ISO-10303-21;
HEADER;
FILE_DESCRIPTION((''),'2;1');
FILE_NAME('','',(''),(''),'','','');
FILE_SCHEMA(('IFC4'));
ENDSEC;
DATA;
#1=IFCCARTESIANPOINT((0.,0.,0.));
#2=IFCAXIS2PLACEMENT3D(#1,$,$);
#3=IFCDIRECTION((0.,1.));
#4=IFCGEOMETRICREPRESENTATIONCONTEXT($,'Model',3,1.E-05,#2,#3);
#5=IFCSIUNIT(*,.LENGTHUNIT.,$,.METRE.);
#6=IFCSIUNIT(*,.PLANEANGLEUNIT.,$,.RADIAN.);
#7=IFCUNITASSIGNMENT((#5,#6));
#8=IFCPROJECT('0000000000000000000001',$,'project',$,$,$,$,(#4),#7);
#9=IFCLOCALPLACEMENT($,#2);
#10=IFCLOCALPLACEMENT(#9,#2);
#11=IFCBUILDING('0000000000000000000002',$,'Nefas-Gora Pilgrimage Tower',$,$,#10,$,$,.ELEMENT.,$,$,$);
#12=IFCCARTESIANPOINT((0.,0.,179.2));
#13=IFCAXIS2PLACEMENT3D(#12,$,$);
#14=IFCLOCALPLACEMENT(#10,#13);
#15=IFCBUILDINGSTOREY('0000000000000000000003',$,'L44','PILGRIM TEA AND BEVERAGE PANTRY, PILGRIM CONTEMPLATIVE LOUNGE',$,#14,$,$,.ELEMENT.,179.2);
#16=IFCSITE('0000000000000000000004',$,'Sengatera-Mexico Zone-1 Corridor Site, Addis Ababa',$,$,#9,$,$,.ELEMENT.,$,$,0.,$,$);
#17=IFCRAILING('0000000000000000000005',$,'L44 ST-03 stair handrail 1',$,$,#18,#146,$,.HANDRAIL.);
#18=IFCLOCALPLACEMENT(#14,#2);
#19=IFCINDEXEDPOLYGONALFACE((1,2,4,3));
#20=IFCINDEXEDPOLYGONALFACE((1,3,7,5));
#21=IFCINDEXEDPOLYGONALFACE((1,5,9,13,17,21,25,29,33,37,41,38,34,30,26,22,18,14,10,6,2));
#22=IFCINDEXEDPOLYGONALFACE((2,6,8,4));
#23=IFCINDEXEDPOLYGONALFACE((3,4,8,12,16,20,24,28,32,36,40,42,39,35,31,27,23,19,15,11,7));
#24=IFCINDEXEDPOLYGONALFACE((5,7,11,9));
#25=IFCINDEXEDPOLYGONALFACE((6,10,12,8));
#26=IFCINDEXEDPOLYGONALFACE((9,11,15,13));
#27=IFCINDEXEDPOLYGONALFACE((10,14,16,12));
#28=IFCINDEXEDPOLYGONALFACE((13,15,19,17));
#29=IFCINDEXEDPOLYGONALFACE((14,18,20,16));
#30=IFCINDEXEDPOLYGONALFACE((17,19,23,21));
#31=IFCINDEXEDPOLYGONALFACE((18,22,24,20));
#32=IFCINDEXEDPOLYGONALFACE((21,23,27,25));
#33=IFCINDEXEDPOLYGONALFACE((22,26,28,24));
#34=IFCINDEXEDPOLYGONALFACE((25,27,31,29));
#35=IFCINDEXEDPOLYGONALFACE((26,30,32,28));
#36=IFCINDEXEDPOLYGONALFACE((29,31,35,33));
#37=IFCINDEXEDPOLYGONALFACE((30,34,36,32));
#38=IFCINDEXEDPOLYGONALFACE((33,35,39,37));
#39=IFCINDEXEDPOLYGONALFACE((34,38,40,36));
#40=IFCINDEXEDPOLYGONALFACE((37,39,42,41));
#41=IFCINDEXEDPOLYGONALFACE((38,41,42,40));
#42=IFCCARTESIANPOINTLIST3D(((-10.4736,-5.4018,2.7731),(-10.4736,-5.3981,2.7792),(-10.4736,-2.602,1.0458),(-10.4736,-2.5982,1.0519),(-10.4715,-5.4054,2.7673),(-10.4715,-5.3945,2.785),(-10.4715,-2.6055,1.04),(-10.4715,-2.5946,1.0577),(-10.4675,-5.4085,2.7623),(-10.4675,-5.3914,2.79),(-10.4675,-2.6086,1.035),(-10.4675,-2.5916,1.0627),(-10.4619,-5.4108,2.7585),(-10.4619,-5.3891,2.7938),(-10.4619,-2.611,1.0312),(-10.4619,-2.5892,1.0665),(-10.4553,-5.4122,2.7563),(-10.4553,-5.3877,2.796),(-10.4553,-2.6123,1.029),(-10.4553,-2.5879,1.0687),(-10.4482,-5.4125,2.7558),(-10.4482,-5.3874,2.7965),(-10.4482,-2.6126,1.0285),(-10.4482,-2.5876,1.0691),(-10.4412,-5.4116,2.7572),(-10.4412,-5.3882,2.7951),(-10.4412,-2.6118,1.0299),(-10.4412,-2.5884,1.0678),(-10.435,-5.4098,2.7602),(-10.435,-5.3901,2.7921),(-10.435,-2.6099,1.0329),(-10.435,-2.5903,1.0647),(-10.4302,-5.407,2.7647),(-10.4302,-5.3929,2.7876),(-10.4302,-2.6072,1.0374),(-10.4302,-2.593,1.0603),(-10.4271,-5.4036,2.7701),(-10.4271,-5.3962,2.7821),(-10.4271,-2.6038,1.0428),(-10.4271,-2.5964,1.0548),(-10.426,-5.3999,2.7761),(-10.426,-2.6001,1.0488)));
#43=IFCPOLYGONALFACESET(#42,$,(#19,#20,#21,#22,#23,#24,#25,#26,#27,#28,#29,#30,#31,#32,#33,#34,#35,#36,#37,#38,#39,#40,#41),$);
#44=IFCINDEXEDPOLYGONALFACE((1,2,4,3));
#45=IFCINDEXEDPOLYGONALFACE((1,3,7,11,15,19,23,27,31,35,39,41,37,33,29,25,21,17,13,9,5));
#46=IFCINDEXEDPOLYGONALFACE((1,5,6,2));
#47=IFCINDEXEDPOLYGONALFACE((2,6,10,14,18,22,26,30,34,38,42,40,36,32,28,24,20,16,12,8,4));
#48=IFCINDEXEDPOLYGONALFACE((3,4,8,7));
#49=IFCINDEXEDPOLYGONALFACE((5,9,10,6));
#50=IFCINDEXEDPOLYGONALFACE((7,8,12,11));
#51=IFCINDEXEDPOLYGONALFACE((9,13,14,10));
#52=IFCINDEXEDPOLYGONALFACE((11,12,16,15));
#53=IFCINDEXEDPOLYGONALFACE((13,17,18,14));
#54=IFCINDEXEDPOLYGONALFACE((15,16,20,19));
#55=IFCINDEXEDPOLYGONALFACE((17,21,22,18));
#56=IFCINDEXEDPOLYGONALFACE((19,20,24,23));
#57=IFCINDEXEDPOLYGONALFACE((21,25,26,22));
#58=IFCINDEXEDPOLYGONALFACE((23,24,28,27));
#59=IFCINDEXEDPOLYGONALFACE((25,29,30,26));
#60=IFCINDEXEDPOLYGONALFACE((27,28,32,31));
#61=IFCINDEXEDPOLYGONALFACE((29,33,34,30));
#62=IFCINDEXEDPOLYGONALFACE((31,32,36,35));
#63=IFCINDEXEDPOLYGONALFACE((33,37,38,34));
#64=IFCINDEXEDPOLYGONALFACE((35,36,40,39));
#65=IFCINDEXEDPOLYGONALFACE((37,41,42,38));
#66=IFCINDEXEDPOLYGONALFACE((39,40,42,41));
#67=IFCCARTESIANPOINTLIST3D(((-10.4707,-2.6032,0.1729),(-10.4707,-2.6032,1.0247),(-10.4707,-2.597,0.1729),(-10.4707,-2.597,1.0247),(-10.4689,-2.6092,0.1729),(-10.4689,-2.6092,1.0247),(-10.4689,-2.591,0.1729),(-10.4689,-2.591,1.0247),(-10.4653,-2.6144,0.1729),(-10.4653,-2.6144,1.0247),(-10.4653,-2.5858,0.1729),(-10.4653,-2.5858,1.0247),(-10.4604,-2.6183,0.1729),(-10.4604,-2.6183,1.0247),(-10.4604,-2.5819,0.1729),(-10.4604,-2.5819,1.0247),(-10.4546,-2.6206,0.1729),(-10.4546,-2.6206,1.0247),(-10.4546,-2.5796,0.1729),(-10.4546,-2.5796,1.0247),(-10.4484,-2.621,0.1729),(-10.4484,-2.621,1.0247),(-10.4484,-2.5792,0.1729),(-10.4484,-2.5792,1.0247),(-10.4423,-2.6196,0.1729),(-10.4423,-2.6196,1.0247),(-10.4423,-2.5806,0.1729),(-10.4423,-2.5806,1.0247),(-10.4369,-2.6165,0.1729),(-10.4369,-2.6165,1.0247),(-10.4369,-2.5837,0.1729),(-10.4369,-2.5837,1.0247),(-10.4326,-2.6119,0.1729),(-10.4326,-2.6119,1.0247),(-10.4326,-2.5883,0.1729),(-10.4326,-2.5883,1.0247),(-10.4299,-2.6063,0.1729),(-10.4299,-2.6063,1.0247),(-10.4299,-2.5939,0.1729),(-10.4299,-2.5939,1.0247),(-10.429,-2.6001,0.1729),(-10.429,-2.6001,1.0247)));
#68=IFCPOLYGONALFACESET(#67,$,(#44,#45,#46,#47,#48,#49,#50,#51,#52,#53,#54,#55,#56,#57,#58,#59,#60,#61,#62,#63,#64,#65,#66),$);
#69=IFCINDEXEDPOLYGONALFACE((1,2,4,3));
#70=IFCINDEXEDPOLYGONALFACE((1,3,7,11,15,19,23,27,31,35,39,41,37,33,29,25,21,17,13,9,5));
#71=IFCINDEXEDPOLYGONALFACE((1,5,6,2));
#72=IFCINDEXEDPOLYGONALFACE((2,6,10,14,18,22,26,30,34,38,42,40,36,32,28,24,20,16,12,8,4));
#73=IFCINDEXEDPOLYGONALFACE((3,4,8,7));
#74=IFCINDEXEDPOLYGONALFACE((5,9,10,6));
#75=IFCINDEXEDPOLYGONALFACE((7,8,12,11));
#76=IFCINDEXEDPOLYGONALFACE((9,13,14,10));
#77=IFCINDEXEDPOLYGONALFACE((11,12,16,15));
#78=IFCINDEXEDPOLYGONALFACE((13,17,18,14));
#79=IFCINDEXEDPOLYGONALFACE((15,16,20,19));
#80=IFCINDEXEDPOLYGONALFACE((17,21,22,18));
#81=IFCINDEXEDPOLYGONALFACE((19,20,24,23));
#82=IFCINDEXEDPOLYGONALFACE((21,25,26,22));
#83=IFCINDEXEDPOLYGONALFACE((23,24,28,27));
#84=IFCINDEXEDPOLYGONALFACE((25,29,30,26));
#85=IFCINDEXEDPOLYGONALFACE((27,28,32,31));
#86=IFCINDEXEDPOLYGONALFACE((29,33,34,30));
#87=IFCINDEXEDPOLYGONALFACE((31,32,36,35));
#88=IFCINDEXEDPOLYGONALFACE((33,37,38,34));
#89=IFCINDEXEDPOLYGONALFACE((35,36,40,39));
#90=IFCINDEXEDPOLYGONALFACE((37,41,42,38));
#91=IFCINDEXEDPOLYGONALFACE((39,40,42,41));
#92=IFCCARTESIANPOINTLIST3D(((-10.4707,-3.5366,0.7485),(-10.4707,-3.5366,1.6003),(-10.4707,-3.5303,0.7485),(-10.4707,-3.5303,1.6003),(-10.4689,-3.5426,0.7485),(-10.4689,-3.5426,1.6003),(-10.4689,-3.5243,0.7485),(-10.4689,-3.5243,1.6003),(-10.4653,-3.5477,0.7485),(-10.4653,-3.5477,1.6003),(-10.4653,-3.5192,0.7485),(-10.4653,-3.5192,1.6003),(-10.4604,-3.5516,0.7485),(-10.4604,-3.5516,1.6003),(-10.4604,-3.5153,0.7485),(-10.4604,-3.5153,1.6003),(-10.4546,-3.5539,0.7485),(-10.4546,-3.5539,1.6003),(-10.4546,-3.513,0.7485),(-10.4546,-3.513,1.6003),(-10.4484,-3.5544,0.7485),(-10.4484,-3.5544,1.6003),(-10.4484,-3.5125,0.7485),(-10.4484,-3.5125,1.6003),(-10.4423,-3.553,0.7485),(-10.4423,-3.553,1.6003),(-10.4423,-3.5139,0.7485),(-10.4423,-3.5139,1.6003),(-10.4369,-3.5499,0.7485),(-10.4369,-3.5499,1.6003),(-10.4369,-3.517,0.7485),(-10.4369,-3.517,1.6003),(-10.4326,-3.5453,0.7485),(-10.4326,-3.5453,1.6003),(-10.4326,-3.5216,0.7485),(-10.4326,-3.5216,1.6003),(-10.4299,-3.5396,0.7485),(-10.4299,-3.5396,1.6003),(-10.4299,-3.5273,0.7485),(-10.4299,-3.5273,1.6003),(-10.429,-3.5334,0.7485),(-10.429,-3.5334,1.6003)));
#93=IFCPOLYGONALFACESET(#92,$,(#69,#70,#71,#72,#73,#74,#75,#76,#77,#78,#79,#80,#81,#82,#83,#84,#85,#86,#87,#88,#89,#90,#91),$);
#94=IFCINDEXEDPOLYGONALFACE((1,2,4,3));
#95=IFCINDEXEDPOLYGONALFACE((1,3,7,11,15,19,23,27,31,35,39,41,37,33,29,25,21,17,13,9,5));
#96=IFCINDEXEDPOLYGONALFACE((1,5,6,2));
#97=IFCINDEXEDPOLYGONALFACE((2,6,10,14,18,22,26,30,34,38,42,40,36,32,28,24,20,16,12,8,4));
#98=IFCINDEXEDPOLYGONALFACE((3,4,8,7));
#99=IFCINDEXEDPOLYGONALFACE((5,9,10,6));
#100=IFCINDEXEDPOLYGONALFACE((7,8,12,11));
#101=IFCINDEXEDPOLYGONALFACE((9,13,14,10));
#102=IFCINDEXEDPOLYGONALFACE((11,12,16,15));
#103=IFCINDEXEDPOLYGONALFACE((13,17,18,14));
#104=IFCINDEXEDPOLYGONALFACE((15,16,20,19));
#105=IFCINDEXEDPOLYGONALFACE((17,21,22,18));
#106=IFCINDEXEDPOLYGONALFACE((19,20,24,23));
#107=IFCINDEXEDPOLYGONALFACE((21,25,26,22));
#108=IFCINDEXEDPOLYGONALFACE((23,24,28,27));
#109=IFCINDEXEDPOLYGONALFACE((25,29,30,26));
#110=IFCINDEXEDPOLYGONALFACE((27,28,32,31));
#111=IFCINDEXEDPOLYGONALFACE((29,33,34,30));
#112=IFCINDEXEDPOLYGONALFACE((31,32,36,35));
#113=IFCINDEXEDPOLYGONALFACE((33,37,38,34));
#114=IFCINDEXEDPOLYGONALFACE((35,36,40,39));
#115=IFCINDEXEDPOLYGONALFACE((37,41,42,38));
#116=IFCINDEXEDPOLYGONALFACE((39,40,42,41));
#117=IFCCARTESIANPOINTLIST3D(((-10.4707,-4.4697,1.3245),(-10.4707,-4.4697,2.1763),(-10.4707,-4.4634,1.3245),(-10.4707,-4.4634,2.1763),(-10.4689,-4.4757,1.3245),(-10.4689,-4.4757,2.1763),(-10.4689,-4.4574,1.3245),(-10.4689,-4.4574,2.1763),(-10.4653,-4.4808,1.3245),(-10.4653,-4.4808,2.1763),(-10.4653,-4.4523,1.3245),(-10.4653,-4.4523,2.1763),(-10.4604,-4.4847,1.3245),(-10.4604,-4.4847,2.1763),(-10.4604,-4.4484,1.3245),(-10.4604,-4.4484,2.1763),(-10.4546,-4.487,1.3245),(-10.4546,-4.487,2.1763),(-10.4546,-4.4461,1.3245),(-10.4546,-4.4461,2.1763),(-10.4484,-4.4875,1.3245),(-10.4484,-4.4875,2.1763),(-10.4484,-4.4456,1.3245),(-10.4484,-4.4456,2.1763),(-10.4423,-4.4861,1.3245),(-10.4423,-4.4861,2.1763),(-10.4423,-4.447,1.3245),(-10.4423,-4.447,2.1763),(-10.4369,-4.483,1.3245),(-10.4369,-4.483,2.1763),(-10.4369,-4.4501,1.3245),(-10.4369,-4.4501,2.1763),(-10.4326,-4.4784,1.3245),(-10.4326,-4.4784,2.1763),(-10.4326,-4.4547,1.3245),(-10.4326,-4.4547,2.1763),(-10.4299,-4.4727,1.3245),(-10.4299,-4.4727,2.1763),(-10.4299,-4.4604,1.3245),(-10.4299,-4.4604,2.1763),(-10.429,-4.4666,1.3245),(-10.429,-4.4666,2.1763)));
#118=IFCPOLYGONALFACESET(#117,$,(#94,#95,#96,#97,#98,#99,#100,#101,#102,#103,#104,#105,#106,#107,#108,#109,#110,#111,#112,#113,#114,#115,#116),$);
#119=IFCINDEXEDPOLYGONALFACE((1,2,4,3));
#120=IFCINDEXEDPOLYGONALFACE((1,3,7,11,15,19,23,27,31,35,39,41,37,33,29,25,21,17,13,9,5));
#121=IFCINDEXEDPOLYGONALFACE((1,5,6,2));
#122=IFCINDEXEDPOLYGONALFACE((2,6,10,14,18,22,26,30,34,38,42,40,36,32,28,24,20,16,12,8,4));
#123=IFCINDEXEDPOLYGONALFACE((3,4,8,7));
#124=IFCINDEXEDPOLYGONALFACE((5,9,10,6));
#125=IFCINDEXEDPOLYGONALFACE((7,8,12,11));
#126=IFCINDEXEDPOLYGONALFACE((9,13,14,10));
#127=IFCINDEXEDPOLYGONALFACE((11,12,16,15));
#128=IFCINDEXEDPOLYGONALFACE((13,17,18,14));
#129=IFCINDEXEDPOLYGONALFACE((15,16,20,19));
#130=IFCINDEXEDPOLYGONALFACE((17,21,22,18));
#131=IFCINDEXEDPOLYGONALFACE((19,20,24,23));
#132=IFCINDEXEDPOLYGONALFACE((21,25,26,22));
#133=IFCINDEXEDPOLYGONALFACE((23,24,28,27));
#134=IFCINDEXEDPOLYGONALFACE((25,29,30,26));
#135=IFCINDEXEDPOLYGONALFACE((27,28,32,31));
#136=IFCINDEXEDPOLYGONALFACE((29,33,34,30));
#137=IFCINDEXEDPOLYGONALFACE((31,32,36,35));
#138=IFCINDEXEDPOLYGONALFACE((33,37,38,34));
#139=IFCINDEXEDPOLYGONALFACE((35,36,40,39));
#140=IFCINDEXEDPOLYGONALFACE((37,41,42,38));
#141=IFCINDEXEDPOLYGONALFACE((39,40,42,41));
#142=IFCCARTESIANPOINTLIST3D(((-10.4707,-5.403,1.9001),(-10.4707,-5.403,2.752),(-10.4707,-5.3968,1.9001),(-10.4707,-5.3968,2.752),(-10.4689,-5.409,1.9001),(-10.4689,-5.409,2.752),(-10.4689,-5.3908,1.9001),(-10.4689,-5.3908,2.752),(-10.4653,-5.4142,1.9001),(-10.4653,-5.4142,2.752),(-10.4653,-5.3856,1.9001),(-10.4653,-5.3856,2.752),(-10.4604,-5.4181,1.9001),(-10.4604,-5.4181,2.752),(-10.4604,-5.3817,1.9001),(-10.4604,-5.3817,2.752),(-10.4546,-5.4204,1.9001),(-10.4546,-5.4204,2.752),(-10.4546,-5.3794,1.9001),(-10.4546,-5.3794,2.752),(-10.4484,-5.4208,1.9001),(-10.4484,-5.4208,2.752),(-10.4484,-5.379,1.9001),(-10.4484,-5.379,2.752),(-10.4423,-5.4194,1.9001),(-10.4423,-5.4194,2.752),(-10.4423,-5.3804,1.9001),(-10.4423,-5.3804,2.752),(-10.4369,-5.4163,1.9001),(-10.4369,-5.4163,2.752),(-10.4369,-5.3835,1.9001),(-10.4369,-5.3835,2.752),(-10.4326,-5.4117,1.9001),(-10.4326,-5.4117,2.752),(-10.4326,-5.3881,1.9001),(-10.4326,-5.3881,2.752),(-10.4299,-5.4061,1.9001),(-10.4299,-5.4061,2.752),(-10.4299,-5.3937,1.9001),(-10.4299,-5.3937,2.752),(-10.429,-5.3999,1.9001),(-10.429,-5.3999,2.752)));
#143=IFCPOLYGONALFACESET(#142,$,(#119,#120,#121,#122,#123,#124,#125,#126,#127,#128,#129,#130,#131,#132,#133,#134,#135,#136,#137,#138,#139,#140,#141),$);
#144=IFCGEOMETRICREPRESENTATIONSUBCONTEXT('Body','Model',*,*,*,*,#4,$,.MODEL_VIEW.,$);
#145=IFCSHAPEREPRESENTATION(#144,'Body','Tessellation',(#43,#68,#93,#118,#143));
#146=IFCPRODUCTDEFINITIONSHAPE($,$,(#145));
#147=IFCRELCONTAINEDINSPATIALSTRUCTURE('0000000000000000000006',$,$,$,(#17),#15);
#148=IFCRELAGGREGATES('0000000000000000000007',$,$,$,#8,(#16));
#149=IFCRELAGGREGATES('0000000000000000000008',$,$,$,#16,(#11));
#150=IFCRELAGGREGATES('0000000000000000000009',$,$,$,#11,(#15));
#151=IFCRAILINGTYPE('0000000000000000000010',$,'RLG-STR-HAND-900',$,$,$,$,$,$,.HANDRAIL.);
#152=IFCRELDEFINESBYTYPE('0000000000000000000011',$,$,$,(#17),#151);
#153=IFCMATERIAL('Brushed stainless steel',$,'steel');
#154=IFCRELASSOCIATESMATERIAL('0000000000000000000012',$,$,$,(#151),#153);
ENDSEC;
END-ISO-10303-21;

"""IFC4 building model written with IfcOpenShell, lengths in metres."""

from ifc_helpers import new_model, si_unit, direction, frame, origin, origin_2d, place, context, subcontext, project, spatial, circle, extrude, material, type_object, element, save


model = new_model("IFC4")

# Units and contexts
model_context = context("Model", 3, precision=1e-05, world=origin(), true_north=direction((0.0, 1.0)))
body_context = subcontext(model_context, "Body", "Model", "MODEL_VIEW")
ifc_project = project(units=[si_unit("LENGTHUNIT", "METRE"), si_unit("PLANEANGLEUNIT", "RADIAN")], contexts=[model_context])

# Site, building, storey
site_placement = place(None, origin())
site = spatial("IfcSite", under=ifc_project, at=site_placement, Name="Sengatera-Mexico Zone-1 Corridor Site, Addis Ababa", CompositionType="ELEMENT", RefElevation=0.0)
building_placement = place(site_placement, origin())
building = spatial("IfcBuilding", under=site, at=building_placement, Name="Nefas-Gora Pilgrimage Tower", CompositionType="ELEMENT")
storey_placement = place(building_placement, frame((0.0, 0.0, 179.2)))
storey = spatial("IfcBuildingStorey", under=building, at=storey_placement, Name="L44", Description="PILGRIM TEA AND BEVERAGE PANTRY, PILGRIM CONTEMPLATIVE LOUNGE", CompositionType="ELEMENT", Elevation=179.2)

# Railing
ifc_material_1 = material(Name="Brushed stainless steel", Category="steel")
railing_type_1 = type_object("IfcRailingType", Name="RLG-STR-HAND-900", PredefinedType="HANDRAIL", material=ifc_material_1)
railing_1_placement = place(storey_placement, frame((-10.45, -2.6001, 0.1729)))
element("IfcRailing", 1, at=railing_1_placement, inside=storey, type_object=railing_type_1, Name="L44 ST-03 stair handrail 1", PredefinedType="HANDRAIL", context=body_context, shape_type="SweptSolid", body=[
    extrude(circle(Radius=0.0239, at=origin_2d()), frame((0.0, 0.0, 0.876), z_axis=(0.0, -0.851069, 0.525054), x_axis=(1.0, 0.0, 0.0)), (0.0, 0.0, 1.0), 3.2898),
    extrude(circle(Radius=0.021, at=origin_2d()), origin(), (0.0, 0.0, 1.0), 0.8518),
    extrude(circle(Radius=0.021, at=origin_2d()), frame((0.0, -0.9333, 0.5757)), (0.0, 0.0, 1.0), 0.8518),
    extrude(circle(Radius=0.021, at=origin_2d()), frame((0.0, -1.8665, 1.1516)), (0.0, 0.0, 1.0), 0.8518),
    extrude(circle(Radius=0.021, at=origin_2d()), frame((0.0, -2.7998, 1.7273)), (0.0, 0.0, 1.0), 0.8518),
])

save(model, "model.ifc")
